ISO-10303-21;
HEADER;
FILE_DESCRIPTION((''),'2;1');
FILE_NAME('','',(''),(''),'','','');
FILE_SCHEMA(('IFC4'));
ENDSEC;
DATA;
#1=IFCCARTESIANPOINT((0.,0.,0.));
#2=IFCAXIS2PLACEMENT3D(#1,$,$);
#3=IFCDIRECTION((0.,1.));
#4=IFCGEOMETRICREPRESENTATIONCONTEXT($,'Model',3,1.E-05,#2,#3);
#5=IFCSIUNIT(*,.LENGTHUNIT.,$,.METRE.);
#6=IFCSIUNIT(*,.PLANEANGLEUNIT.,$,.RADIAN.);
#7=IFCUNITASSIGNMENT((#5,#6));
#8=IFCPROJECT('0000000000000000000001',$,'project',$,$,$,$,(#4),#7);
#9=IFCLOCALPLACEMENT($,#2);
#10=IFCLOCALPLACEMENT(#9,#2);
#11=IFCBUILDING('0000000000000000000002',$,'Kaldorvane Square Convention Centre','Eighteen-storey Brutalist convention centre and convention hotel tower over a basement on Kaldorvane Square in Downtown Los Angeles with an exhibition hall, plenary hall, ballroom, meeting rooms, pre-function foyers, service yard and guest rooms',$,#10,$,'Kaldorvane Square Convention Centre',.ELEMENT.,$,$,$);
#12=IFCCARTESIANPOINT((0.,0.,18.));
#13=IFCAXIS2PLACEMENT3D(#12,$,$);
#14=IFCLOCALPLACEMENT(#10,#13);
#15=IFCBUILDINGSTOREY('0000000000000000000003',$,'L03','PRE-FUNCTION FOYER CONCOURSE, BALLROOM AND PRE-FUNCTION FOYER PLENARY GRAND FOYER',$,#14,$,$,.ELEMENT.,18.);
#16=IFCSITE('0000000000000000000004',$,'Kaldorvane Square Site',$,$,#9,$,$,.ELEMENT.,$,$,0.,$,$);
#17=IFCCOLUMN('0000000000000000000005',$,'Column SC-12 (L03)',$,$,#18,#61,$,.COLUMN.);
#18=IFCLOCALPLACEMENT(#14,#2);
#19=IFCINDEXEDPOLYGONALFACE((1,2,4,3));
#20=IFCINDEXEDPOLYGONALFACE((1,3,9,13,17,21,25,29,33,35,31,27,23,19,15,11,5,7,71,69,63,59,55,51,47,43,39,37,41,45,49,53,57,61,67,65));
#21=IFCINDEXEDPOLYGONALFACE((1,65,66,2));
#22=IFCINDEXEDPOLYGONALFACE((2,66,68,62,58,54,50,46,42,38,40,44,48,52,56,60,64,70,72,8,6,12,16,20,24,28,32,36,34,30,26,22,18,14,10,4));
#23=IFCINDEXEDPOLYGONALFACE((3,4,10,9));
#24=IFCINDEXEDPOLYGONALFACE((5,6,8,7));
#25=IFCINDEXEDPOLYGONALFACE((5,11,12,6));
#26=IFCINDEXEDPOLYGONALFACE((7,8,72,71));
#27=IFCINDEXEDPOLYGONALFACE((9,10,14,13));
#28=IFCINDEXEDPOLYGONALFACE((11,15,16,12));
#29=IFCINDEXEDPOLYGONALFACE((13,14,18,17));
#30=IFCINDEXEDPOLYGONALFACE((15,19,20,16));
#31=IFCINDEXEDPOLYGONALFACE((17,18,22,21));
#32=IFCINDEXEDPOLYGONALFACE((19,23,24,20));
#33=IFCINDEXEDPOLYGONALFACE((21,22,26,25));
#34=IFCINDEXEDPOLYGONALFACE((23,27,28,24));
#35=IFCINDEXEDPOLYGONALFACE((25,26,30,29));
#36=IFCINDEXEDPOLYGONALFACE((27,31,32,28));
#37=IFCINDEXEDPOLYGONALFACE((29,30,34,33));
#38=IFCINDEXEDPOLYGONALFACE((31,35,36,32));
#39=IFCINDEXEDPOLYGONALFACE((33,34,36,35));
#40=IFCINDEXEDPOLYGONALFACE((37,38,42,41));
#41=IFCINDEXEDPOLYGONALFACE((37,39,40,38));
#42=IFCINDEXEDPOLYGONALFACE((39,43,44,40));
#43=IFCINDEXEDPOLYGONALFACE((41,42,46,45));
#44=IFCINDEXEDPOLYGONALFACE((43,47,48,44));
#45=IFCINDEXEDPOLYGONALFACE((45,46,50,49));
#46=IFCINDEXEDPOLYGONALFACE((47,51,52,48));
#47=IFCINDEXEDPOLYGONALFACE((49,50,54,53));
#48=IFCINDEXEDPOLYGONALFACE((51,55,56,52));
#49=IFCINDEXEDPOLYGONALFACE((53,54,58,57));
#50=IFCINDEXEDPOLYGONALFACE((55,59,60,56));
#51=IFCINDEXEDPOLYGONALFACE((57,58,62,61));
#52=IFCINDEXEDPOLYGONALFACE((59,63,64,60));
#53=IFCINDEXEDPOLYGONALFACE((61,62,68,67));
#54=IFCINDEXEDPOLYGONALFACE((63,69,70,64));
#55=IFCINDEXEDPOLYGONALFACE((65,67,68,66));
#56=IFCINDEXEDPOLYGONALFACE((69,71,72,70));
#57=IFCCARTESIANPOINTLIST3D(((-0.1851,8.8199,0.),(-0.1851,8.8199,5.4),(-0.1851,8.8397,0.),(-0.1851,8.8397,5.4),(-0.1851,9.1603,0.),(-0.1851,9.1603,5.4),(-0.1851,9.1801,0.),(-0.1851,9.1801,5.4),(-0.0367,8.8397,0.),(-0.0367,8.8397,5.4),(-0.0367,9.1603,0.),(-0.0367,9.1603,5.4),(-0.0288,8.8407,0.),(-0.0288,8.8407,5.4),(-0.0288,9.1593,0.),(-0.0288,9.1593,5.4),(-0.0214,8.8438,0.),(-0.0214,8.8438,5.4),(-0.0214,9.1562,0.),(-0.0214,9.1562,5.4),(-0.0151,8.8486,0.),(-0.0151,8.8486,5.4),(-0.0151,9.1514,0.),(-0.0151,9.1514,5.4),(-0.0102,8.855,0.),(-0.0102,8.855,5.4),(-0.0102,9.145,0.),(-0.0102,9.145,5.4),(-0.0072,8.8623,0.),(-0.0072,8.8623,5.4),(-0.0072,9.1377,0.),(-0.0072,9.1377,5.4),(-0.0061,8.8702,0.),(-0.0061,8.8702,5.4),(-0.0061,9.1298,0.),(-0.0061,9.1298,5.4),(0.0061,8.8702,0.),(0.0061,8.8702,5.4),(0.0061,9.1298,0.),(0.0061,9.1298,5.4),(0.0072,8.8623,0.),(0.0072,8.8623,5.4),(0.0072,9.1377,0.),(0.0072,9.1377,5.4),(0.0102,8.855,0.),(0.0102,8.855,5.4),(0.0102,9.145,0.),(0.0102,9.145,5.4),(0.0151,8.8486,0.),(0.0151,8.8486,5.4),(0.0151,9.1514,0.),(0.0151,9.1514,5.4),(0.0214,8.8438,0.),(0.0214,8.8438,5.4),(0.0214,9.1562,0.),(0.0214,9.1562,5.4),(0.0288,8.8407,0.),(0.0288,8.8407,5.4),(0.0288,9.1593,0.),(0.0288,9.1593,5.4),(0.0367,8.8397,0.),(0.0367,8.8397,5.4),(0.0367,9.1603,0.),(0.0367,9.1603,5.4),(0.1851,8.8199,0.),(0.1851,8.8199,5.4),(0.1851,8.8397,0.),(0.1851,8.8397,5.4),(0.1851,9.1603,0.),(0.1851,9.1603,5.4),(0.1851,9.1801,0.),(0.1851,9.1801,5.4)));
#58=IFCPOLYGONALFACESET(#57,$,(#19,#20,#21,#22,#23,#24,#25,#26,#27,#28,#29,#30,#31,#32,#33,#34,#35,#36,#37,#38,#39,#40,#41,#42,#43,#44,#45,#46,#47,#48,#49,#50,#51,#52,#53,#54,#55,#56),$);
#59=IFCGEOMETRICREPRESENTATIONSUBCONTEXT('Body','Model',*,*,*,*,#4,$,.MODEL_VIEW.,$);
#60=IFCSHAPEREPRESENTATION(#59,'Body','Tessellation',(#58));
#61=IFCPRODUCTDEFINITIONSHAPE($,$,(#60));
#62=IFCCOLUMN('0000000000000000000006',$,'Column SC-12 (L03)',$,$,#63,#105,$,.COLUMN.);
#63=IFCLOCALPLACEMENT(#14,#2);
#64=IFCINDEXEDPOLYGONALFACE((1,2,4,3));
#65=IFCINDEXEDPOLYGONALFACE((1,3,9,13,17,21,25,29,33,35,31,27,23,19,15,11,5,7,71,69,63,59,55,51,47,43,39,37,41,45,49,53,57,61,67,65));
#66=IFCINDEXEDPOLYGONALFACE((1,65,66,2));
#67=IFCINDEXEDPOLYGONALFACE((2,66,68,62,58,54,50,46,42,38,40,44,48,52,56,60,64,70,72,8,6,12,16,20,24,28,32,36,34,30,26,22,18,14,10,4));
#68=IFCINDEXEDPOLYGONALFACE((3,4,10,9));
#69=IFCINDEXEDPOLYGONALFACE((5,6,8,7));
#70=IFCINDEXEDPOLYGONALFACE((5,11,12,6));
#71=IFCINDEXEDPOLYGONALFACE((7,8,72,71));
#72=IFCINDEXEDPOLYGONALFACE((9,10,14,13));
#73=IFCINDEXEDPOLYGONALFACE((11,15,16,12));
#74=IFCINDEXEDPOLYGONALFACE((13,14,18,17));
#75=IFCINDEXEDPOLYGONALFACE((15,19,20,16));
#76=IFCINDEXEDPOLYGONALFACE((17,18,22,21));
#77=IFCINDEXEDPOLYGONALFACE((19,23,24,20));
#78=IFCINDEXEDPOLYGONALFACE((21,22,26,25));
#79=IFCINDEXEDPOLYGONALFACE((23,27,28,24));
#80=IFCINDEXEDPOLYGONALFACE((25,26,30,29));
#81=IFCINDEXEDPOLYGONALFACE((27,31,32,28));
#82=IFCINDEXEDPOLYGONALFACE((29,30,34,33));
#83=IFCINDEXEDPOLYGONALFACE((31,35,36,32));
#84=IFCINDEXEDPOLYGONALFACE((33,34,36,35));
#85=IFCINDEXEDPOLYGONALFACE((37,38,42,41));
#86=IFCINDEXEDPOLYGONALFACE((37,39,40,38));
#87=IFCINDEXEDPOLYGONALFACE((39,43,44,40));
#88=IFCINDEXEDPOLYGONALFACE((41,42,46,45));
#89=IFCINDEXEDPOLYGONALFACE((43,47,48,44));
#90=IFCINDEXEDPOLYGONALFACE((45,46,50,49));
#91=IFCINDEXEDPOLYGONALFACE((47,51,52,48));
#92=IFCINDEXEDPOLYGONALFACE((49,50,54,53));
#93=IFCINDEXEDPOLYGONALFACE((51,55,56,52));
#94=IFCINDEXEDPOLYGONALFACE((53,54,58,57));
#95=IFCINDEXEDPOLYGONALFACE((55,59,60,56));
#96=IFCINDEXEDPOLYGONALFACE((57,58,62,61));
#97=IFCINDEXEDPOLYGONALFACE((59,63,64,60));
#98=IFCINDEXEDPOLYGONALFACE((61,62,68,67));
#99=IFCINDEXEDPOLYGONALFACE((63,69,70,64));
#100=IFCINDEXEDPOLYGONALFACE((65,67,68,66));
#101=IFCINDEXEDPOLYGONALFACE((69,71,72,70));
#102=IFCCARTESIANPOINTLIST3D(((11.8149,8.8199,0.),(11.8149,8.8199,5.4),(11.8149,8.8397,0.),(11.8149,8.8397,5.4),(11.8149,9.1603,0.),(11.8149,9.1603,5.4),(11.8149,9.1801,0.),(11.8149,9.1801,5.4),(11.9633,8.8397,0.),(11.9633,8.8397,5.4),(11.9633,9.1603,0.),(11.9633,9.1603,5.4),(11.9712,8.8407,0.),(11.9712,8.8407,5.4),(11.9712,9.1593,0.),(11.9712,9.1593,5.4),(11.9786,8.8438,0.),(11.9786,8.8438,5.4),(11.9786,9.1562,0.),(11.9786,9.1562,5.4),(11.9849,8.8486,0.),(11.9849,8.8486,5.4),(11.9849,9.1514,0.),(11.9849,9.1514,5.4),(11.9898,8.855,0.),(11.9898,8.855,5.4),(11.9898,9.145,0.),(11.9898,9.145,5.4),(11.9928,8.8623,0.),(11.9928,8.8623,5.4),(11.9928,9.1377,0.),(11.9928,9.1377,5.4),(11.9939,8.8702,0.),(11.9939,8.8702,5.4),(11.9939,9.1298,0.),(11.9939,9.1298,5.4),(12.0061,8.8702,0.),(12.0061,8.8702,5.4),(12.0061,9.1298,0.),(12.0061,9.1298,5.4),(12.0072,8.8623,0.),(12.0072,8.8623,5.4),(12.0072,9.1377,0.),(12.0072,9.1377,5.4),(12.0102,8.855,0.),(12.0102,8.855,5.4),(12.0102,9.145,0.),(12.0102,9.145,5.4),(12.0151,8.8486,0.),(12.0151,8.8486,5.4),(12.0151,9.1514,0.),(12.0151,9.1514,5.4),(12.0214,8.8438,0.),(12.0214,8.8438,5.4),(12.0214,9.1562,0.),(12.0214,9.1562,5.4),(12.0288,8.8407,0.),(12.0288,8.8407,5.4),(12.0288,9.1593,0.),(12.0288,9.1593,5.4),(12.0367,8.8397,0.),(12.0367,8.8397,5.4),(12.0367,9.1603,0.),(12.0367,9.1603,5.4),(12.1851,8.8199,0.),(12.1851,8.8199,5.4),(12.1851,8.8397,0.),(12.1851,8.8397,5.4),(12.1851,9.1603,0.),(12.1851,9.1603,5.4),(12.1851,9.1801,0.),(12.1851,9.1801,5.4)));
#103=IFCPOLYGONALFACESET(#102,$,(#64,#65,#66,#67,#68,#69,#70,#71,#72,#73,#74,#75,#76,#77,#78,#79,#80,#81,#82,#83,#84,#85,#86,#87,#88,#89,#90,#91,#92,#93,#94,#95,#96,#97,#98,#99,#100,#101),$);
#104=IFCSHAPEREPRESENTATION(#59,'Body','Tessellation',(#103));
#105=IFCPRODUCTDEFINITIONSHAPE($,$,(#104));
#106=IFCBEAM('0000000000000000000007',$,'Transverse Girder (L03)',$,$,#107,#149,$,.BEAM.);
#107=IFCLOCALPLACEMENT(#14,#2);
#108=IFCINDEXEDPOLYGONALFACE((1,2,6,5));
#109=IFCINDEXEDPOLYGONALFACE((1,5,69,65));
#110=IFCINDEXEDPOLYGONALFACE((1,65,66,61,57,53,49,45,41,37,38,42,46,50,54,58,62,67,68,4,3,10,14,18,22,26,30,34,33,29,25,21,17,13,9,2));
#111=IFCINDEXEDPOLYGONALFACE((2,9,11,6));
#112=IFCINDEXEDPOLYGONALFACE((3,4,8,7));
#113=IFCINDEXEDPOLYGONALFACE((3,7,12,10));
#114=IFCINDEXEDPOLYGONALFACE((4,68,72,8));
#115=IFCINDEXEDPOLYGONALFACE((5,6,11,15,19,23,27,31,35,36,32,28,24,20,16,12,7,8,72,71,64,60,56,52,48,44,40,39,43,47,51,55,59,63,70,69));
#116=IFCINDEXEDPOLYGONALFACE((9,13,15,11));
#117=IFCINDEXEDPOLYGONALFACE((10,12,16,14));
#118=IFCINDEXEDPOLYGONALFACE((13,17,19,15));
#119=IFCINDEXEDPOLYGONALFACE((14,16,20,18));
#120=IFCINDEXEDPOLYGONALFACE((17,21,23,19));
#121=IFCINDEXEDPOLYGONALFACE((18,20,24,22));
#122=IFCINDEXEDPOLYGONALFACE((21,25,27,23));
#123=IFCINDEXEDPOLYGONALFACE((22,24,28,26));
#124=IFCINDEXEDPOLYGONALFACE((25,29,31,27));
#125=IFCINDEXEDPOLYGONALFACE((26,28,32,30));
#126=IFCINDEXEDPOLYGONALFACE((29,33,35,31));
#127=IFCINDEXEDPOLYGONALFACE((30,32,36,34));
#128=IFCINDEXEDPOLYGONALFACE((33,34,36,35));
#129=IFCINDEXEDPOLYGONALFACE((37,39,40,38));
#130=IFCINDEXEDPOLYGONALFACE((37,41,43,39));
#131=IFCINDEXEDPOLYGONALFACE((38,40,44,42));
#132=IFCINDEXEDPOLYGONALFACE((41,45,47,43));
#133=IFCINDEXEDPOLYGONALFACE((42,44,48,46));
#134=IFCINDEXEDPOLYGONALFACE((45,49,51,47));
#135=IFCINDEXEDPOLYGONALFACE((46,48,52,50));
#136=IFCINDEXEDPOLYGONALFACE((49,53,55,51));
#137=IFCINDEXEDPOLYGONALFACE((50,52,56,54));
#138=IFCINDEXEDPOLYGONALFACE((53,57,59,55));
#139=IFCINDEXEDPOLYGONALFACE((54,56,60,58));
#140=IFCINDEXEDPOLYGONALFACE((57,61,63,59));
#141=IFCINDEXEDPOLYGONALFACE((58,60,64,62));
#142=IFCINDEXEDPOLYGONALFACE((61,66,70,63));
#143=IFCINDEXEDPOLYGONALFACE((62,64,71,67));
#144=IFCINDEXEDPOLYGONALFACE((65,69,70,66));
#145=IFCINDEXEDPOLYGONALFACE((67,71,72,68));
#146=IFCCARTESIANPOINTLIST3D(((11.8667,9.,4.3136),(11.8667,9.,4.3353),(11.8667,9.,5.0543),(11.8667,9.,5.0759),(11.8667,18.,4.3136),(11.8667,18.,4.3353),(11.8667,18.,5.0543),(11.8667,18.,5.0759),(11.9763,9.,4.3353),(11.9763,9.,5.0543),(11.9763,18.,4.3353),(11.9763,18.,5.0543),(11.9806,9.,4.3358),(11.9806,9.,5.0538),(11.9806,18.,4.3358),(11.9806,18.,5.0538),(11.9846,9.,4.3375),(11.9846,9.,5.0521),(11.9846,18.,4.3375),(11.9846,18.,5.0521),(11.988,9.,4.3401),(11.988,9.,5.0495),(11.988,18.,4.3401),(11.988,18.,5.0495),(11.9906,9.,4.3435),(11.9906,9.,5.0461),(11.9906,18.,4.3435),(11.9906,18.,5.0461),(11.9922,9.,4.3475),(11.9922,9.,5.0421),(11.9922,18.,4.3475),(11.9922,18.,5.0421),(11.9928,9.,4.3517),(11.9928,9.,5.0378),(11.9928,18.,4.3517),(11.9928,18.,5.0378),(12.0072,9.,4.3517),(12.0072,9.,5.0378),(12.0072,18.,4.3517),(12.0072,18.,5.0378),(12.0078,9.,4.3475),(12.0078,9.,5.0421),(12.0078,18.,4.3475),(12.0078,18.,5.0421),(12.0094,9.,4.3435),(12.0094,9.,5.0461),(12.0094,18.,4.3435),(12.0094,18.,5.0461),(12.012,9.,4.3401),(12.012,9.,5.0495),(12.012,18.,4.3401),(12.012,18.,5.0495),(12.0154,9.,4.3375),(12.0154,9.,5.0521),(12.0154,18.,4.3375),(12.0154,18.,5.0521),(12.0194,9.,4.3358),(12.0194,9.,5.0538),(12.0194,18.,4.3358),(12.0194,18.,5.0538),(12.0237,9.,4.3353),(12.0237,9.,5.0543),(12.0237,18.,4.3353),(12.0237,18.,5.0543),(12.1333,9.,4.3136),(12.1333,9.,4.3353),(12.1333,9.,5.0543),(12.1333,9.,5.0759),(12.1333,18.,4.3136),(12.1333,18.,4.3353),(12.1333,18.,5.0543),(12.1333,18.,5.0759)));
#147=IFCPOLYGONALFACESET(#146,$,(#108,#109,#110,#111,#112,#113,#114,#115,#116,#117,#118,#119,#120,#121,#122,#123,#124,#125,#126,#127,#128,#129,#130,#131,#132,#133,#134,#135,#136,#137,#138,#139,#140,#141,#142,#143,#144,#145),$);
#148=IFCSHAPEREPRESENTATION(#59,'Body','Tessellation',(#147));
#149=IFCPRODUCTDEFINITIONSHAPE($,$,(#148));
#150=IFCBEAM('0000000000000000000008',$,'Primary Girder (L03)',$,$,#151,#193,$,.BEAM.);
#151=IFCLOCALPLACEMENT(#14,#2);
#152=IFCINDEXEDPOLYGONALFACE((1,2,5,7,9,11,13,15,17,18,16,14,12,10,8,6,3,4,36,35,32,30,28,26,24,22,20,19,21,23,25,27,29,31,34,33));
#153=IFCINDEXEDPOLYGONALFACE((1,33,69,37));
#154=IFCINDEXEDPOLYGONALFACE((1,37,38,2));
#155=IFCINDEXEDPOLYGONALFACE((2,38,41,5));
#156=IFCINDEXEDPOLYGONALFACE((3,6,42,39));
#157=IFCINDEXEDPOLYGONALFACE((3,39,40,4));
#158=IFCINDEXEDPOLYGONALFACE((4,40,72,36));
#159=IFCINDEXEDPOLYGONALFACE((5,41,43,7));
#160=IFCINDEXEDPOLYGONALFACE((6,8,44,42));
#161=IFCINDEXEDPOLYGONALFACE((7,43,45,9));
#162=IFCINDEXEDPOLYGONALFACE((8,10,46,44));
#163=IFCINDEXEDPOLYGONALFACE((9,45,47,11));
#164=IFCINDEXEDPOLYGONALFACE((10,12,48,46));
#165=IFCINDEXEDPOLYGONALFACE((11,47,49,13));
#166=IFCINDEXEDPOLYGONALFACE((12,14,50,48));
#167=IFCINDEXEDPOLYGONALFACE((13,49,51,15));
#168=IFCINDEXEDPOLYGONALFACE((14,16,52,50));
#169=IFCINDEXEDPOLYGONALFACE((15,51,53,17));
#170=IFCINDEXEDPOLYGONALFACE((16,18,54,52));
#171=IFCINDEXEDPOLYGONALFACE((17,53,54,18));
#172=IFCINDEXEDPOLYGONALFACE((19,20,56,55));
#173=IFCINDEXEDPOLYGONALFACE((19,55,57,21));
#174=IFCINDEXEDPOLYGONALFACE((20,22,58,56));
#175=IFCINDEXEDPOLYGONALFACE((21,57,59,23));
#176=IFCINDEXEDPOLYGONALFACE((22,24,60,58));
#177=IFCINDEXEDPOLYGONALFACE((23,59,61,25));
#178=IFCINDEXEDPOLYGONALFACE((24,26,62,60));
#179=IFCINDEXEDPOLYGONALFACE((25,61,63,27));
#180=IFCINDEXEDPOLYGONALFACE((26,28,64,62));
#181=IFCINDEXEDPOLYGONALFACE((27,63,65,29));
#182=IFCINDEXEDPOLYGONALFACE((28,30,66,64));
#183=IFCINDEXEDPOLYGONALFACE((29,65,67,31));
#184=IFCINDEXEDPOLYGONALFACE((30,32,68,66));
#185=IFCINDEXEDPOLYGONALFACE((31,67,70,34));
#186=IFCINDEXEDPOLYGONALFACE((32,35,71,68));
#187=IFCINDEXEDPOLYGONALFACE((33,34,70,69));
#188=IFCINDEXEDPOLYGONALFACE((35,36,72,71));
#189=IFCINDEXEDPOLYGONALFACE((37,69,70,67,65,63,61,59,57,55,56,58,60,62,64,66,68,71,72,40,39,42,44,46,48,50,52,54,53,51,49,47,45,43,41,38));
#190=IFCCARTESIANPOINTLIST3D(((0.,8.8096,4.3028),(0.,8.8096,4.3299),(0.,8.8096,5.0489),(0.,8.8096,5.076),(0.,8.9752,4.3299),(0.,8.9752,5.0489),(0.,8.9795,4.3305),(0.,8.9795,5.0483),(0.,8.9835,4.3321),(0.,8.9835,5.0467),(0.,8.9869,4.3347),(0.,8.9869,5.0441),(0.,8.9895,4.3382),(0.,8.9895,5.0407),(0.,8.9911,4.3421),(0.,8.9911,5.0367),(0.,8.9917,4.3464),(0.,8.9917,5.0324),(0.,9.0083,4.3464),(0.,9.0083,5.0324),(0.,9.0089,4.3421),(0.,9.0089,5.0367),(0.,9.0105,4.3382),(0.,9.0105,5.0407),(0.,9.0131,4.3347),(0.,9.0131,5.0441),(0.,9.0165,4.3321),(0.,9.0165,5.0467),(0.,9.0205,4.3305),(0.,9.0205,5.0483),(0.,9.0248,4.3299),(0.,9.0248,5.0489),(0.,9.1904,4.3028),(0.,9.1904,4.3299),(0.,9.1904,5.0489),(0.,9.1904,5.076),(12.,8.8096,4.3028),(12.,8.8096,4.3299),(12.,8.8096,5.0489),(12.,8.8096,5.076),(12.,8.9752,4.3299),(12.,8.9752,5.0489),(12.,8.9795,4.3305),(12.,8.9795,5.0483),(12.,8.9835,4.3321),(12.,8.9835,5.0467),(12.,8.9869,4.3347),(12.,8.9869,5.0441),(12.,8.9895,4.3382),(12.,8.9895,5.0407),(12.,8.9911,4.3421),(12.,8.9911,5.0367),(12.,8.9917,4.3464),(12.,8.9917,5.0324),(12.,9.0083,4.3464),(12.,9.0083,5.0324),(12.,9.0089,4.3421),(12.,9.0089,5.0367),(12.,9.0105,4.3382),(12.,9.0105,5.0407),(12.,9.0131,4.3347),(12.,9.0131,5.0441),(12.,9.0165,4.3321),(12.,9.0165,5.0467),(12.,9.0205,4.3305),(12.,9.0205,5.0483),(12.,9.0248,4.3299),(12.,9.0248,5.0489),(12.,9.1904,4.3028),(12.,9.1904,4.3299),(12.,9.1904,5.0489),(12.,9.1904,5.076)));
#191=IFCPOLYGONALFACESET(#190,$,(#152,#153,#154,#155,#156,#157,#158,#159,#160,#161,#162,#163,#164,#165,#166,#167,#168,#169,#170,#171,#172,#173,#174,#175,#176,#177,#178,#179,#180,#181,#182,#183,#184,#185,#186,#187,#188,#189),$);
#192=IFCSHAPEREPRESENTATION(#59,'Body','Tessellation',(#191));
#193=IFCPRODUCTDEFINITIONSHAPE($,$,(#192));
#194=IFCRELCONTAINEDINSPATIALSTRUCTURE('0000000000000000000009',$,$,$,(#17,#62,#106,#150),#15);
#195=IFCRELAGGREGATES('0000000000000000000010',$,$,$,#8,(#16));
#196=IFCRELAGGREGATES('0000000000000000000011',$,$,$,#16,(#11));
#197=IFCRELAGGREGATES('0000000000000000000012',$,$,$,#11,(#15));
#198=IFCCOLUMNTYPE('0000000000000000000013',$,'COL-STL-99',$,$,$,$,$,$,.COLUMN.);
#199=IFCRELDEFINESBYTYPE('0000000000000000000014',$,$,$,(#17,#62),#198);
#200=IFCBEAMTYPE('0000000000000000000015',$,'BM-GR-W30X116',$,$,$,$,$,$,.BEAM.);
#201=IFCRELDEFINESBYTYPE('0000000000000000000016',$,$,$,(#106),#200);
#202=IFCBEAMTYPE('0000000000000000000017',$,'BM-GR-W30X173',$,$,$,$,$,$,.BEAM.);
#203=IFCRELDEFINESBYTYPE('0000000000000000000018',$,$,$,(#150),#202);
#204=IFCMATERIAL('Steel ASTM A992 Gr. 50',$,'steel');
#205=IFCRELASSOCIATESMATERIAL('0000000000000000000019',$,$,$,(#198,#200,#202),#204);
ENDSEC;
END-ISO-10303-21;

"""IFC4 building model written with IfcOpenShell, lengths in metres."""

from ifc_helpers import new_model, si_unit, direction, frame, origin, origin_2d, place, context, subcontext, project, spatial, i_section, extrude, material, material_profile, profile_set, type_object, element, save


model = new_model("IFC4")

# Units and contexts
model_context = context("Model", 3, precision=1e-05, world=origin(), true_north=direction((0.0, 1.0)))
body_context = subcontext(model_context, "Body", "Model", "MODEL_VIEW")
ifc_project = project(units=[si_unit("LENGTHUNIT", "METRE"), si_unit("PLANEANGLEUNIT", "RADIAN")], contexts=[model_context])

# Site, building, storey
site_placement = place(None, origin())
site = spatial("IfcSite", under=ifc_project, at=site_placement, Name="Kaldorvane Square Site", CompositionType="ELEMENT", RefElevation=0.0)
building_placement = place(site_placement, origin())
building = spatial("IfcBuilding", under=site, at=building_placement, Name="Kaldorvane Square Convention Centre", Description="Eighteen-storey Brutalist convention centre and convention hotel tower over a basement on Kaldorvane Square in Downtown Los Angeles with an exhibition hall, plenary hall, ballroom, meeting rooms, pre-function foyers, service yard and guest rooms", LongName="Kaldorvane Square Convention Centre", CompositionType="ELEMENT")
storey_placement = place(building_placement, frame((0.0, 0.0, 18.0)))
storey = spatial("IfcBuildingStorey", under=building, at=storey_placement, Name="L03", Description="PRE-FUNCTION FOYER CONCOURSE, BALLROOM AND PRE-FUNCTION FOYER PLENARY GRAND FOYER", CompositionType="ELEMENT", Elevation=18.0)

# Columns
ifc_material_1 = material(Name="Steel ASTM A992 Gr. 50", Category="steel")
ifc_material_profile_1 = material_profile(ifc_material_1, i_section(OverallWidth=0.3701, OverallDepth=0.3602, WebThickness=0.0123, FlangeThickness=0.0198, FilletRadius=0.0305, at=origin_2d()), Name="W14X99")
ifc_profile_set_1 = profile_set([ifc_material_profile_1], Name="Steel ASTM A992 Gr. 50")
column_type = type_object("IfcColumnType", Name="COL-STL-99", PredefinedType="COLUMN", material=ifc_profile_set_1)
for number, where, z_axis, x_axis, name in (
    (1, (0.0, 9.0, 0.0), (0.0, 0.0, 1.0), (1.0, 0.0, 0.0), "Column SC-12 (L03)"),
    (2, (12.0, 9.0, 0.0), (0.0, 0.0, 1.0), (1.0, 0.0, 0.0), "Column SC-12 (L03)"),
):
    element("IfcColumn", number, at=place(storey_placement, frame(where, z_axis=z_axis, x_axis=x_axis)), inside=storey, type_object=column_type, Name=name, PredefinedType="COLUMN", context=body_context, shape_type="SweptSolid", body=[
        extrude(i_section(OverallWidth=0.3701, OverallDepth=0.3602, WebThickness=0.0123, FlangeThickness=0.0198, FilletRadius=0.0305, at=origin_2d()), origin(), (0.0, 0.0, 1.0), 5.4),
    ])

# Beams
ifc_material_profile_2 = material_profile(ifc_material_1, i_section(OverallWidth=0.2666, OverallDepth=0.7623, WebThickness=0.0144, FlangeThickness=0.0216, FilletRadius=0.0165, at=origin_2d()), Name="W30X116")
ifc_profile_set_2 = profile_set([ifc_material_profile_2], Name="Steel ASTM A992 Gr. 50")
beam_type_1 = type_object("IfcBeamType", Name="BM-GR-W30X116", PredefinedType="BEAM", material=ifc_profile_set_2)
beam_1_placement = place(storey_placement, frame((12.0, 9.0, 4.6948), z_axis=(0.0, 1.0, 0.0), x_axis=(-1.0, 0.0, 0.0)))
element("IfcBeam", 3, at=beam_1_placement, inside=storey, type_object=beam_type_1, Name="Transverse Girder (L03)", PredefinedType="BEAM", context=body_context, shape_type="SweptSolid", body=[
    extrude(i_section(OverallWidth=0.2666, OverallDepth=0.7623, WebThickness=0.0144, FlangeThickness=0.0216, FilletRadius=0.0165, at=origin_2d()), origin(), (0.0, 0.0, 1.0), 9.0),
])
ifc_material_profile_3 = material_profile(ifc_material_1, i_section(OverallWidth=0.3807, OverallDepth=0.7732, WebThickness=0.0166, FlangeThickness=0.0271, FilletRadius=0.0165, at=origin_2d()), Name="W30X173")
ifc_profile_set_3 = profile_set([ifc_material_profile_3], Name="Steel ASTM A992 Gr. 50")
beam_type_2 = type_object("IfcBeamType", Name="BM-GR-W30X173", PredefinedType="BEAM", material=ifc_profile_set_3)
for number, where, z_axis, x_axis, name in (
    (4, (0.0, 9.0, 4.6894), (1.0, 0.0, 0.0), (0.0, 1.0, 0.0), "Primary Girder (L03)"),
):
    element("IfcBeam", number, at=place(storey_placement, frame(where, z_axis=z_axis, x_axis=x_axis)), inside=storey, type_object=beam_type_2, Name=name, PredefinedType="BEAM", context=body_context, shape_type="SweptSolid", body=[
        extrude(i_section(OverallWidth=0.3807, OverallDepth=0.7732, WebThickness=0.0166, FlangeThickness=0.0271, FilletRadius=0.0165, at=origin_2d()), origin(), (0.0, 0.0, 1.0), 12.0),
    ])

save(model, "model.ifc")
